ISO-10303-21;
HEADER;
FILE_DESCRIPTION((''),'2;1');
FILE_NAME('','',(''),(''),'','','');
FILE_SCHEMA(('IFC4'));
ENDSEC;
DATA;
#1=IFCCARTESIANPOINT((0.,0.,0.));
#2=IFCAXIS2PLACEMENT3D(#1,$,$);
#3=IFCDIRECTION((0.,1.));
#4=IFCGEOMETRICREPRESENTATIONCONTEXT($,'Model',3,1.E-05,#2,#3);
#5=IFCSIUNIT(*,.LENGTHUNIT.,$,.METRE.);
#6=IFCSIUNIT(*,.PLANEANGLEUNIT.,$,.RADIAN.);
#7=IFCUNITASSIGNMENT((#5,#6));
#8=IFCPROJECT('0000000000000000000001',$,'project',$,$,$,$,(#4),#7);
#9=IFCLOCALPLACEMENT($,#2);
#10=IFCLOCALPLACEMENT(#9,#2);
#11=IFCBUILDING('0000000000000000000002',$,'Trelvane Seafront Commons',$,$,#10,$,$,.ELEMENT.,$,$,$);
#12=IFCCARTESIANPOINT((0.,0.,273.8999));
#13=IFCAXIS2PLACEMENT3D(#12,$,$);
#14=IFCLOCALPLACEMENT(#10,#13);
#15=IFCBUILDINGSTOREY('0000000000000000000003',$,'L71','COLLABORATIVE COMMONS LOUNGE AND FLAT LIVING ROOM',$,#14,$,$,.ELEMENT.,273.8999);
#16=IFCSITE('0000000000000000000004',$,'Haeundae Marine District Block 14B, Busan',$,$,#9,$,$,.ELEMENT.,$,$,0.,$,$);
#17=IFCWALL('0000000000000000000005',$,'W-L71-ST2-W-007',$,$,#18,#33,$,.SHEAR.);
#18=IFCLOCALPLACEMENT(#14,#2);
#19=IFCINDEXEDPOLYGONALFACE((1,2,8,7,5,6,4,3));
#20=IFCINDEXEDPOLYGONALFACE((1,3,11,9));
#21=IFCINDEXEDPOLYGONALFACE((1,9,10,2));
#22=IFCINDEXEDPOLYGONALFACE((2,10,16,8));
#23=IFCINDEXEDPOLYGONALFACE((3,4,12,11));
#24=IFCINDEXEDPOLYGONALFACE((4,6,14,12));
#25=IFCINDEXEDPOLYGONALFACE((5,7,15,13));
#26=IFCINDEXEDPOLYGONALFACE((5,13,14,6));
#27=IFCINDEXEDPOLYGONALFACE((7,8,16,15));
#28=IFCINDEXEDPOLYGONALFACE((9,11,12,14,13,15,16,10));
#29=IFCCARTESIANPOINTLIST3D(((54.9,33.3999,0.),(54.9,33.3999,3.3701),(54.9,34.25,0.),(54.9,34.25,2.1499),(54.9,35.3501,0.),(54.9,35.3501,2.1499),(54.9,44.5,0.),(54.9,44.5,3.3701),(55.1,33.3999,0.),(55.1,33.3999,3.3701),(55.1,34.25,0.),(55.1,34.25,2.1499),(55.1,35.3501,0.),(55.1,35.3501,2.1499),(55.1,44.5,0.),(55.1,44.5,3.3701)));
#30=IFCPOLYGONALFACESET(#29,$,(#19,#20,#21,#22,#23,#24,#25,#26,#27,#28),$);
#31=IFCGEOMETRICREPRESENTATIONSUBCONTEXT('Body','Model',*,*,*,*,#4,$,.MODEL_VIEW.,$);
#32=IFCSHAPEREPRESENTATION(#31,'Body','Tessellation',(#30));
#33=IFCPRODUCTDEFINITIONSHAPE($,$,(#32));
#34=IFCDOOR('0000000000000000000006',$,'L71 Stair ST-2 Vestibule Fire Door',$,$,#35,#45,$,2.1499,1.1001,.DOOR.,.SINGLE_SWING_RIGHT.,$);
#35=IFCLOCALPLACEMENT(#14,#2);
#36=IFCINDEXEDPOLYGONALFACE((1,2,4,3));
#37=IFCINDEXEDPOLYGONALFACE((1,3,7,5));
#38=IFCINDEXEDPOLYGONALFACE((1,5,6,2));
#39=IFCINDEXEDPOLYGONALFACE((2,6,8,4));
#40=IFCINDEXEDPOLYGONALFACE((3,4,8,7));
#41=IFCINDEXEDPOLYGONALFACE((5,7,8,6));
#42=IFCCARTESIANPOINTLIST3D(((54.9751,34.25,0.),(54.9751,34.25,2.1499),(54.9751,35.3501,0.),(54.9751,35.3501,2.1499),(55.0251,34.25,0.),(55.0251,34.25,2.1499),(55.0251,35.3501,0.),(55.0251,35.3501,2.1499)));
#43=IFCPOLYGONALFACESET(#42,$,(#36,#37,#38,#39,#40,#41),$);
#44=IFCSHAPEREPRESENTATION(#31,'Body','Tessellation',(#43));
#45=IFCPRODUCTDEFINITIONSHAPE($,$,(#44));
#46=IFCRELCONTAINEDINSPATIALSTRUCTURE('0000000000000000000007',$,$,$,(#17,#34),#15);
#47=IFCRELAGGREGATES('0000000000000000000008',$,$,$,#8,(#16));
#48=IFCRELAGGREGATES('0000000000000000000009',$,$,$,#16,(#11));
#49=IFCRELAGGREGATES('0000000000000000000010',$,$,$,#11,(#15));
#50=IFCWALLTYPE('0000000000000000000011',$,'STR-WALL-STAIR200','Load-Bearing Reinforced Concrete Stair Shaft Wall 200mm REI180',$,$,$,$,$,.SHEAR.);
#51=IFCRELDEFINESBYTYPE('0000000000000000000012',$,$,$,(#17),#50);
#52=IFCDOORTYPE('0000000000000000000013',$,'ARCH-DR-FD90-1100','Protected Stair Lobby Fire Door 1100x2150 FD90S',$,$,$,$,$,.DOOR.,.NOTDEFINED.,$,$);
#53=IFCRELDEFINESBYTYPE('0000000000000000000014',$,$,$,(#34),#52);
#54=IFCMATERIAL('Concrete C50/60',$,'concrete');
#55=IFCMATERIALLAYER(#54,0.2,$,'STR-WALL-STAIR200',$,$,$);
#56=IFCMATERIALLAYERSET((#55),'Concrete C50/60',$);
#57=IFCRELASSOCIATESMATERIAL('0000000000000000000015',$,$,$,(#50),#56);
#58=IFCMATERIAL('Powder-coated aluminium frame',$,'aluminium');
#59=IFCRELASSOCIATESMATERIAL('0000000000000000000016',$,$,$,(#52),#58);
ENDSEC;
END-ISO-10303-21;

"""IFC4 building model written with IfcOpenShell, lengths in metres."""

from ifc_helpers import new_model, si_unit, direction, frame, frame_2d, origin, place, context, subcontext, project, spatial, rectangle, extrude, source, transform, mapped, material, layer, layer_set, type_object, element, fill, save


model = new_model("IFC4")

# Units and contexts
model_context = context("Model", 3, precision=1e-05, world=origin(), true_north=direction((0.0, 1.0)))
body_context = subcontext(model_context, "Body", "Model", "MODEL_VIEW")
ifc_project = project(units=[si_unit("LENGTHUNIT", "METRE"), si_unit("PLANEANGLEUNIT", "RADIAN")], contexts=[model_context])

# Site, building, storey
site_placement = place(None, origin())
site = spatial("IfcSite", under=ifc_project, at=site_placement, Name="Haeundae Marine District Block 14B, Busan", CompositionType="ELEMENT", RefElevation=0.0)
building_placement = place(site_placement, origin())
building = spatial("IfcBuilding", under=site, at=building_placement, Name="Trelvane Seafront Commons", CompositionType="ELEMENT")
storey_placement = place(building_placement, frame((0.0, 0.0, 273.8999)))
storey = spatial("IfcBuildingStorey", under=building, at=storey_placement, Name="L71", Description="COLLABORATIVE COMMONS LOUNGE AND FLAT LIVING ROOM", CompositionType="ELEMENT", Elevation=273.8999)

# Shared definitions
ifc_material_1 = material(Name="Concrete C50/60", Category="concrete")

# Shared definitions
ifc_material_2 = material(Name="Powder-coated aluminium frame", Category="aluminium")

# Shared definitions
ifc_layer_1 = layer(ifc_material_1, 0.2, Name="STR-WALL-STAIR200")
ifc_layer_set_1 = layer_set([ifc_layer_1], Name="Concrete C50/60")
wall_type_1 = type_object("IfcWallType", Name="STR-WALL-STAIR200", Description="Load-Bearing Reinforced Concrete Stair Shaft Wall 200mm REI180", PredefinedType="SHEAR", material=ifc_layer_set_1)

# Wall, opening, door
wall_1_placement = place(storey_placement, frame((55.0, 33.3999, 0.0), z_axis=(0.0, 0.0, 1.0), x_axis=(0.0, 1.0, 0.0)))
wall_1 = element("IfcWall", 1, at=wall_1_placement, inside=storey, type_object=wall_type_1, Name="W-L71-ST2-W-007", PredefinedType="SHEAR", context=body_context, shape_type="SweptSolid", body=[
    extrude(rectangle(XDim=11.1001, YDim=0.2, at=frame_2d((5.55, 0.0))), origin(), (0.0, 0.0, 1.0), 3.3701),
])
opening_1_placement = place(wall_1_placement, frame((0.8501, 0.0, 0.0)))
opening_1 = element("IfcOpeningElement", 2, at=opening_1_placement, cuts=wall_1, PredefinedType="OPENING", context=body_context, shape_type="SweptSolid", body=[
    extrude(rectangle(XDim=1.1001, YDim=2.1499, at=frame_2d((0.55, 1.075))), frame((0.0, 0.1099, 0.0), z_axis=(0.0, -1.0, 0.0), x_axis=(1.0, 0.0, 0.0)), (0.0, 0.0, 1.0), 0.22),
])
door_type_1 = type_object("IfcDoorType", Name="ARCH-DR-FD90-1100", Description="Protected Stair Lobby Fire Door 1100x2150 FD90S", OperationType="NOTDEFINED", PredefinedType="DOOR", material=ifc_material_2)
shared_shape_1 = source(origin(), body_context, "Body", "SweptSolid", [
    extrude(rectangle(XDim=1.1001, YDim=2.1499, at=frame_2d((0.55, 1.075))), frame((0.0, 0.0249, 0.0), z_axis=(0.0, -1.0, 0.0), x_axis=(1.0, 0.0, 0.0)), (0.0, 0.0, 1.0), 0.05),
])
door_1_placement = place(opening_1_placement, origin())
door_1 = element("IfcDoor", 3, at=door_1_placement, inside=storey, type_object=door_type_1, Name="L71 Stair ST-2 Vestibule Fire Door", OperationType="SINGLE_SWING_RIGHT", OverallHeight=2.1499, OverallWidth=1.1001, PredefinedType="DOOR", context=body_context, shape_type="MappedRepresentation", body=[
    mapped(shared_shape_1, transform((0.0, 0.0, 0.0), x_axis=(1.0, 0.0, 0.0), y_axis=(0.0, 1.0, 0.0), z_axis=(0.0, 0.0, 1.0), scale=1.0)),
])
fill(opening_1, door_1)

save(model, "model.ifc")
